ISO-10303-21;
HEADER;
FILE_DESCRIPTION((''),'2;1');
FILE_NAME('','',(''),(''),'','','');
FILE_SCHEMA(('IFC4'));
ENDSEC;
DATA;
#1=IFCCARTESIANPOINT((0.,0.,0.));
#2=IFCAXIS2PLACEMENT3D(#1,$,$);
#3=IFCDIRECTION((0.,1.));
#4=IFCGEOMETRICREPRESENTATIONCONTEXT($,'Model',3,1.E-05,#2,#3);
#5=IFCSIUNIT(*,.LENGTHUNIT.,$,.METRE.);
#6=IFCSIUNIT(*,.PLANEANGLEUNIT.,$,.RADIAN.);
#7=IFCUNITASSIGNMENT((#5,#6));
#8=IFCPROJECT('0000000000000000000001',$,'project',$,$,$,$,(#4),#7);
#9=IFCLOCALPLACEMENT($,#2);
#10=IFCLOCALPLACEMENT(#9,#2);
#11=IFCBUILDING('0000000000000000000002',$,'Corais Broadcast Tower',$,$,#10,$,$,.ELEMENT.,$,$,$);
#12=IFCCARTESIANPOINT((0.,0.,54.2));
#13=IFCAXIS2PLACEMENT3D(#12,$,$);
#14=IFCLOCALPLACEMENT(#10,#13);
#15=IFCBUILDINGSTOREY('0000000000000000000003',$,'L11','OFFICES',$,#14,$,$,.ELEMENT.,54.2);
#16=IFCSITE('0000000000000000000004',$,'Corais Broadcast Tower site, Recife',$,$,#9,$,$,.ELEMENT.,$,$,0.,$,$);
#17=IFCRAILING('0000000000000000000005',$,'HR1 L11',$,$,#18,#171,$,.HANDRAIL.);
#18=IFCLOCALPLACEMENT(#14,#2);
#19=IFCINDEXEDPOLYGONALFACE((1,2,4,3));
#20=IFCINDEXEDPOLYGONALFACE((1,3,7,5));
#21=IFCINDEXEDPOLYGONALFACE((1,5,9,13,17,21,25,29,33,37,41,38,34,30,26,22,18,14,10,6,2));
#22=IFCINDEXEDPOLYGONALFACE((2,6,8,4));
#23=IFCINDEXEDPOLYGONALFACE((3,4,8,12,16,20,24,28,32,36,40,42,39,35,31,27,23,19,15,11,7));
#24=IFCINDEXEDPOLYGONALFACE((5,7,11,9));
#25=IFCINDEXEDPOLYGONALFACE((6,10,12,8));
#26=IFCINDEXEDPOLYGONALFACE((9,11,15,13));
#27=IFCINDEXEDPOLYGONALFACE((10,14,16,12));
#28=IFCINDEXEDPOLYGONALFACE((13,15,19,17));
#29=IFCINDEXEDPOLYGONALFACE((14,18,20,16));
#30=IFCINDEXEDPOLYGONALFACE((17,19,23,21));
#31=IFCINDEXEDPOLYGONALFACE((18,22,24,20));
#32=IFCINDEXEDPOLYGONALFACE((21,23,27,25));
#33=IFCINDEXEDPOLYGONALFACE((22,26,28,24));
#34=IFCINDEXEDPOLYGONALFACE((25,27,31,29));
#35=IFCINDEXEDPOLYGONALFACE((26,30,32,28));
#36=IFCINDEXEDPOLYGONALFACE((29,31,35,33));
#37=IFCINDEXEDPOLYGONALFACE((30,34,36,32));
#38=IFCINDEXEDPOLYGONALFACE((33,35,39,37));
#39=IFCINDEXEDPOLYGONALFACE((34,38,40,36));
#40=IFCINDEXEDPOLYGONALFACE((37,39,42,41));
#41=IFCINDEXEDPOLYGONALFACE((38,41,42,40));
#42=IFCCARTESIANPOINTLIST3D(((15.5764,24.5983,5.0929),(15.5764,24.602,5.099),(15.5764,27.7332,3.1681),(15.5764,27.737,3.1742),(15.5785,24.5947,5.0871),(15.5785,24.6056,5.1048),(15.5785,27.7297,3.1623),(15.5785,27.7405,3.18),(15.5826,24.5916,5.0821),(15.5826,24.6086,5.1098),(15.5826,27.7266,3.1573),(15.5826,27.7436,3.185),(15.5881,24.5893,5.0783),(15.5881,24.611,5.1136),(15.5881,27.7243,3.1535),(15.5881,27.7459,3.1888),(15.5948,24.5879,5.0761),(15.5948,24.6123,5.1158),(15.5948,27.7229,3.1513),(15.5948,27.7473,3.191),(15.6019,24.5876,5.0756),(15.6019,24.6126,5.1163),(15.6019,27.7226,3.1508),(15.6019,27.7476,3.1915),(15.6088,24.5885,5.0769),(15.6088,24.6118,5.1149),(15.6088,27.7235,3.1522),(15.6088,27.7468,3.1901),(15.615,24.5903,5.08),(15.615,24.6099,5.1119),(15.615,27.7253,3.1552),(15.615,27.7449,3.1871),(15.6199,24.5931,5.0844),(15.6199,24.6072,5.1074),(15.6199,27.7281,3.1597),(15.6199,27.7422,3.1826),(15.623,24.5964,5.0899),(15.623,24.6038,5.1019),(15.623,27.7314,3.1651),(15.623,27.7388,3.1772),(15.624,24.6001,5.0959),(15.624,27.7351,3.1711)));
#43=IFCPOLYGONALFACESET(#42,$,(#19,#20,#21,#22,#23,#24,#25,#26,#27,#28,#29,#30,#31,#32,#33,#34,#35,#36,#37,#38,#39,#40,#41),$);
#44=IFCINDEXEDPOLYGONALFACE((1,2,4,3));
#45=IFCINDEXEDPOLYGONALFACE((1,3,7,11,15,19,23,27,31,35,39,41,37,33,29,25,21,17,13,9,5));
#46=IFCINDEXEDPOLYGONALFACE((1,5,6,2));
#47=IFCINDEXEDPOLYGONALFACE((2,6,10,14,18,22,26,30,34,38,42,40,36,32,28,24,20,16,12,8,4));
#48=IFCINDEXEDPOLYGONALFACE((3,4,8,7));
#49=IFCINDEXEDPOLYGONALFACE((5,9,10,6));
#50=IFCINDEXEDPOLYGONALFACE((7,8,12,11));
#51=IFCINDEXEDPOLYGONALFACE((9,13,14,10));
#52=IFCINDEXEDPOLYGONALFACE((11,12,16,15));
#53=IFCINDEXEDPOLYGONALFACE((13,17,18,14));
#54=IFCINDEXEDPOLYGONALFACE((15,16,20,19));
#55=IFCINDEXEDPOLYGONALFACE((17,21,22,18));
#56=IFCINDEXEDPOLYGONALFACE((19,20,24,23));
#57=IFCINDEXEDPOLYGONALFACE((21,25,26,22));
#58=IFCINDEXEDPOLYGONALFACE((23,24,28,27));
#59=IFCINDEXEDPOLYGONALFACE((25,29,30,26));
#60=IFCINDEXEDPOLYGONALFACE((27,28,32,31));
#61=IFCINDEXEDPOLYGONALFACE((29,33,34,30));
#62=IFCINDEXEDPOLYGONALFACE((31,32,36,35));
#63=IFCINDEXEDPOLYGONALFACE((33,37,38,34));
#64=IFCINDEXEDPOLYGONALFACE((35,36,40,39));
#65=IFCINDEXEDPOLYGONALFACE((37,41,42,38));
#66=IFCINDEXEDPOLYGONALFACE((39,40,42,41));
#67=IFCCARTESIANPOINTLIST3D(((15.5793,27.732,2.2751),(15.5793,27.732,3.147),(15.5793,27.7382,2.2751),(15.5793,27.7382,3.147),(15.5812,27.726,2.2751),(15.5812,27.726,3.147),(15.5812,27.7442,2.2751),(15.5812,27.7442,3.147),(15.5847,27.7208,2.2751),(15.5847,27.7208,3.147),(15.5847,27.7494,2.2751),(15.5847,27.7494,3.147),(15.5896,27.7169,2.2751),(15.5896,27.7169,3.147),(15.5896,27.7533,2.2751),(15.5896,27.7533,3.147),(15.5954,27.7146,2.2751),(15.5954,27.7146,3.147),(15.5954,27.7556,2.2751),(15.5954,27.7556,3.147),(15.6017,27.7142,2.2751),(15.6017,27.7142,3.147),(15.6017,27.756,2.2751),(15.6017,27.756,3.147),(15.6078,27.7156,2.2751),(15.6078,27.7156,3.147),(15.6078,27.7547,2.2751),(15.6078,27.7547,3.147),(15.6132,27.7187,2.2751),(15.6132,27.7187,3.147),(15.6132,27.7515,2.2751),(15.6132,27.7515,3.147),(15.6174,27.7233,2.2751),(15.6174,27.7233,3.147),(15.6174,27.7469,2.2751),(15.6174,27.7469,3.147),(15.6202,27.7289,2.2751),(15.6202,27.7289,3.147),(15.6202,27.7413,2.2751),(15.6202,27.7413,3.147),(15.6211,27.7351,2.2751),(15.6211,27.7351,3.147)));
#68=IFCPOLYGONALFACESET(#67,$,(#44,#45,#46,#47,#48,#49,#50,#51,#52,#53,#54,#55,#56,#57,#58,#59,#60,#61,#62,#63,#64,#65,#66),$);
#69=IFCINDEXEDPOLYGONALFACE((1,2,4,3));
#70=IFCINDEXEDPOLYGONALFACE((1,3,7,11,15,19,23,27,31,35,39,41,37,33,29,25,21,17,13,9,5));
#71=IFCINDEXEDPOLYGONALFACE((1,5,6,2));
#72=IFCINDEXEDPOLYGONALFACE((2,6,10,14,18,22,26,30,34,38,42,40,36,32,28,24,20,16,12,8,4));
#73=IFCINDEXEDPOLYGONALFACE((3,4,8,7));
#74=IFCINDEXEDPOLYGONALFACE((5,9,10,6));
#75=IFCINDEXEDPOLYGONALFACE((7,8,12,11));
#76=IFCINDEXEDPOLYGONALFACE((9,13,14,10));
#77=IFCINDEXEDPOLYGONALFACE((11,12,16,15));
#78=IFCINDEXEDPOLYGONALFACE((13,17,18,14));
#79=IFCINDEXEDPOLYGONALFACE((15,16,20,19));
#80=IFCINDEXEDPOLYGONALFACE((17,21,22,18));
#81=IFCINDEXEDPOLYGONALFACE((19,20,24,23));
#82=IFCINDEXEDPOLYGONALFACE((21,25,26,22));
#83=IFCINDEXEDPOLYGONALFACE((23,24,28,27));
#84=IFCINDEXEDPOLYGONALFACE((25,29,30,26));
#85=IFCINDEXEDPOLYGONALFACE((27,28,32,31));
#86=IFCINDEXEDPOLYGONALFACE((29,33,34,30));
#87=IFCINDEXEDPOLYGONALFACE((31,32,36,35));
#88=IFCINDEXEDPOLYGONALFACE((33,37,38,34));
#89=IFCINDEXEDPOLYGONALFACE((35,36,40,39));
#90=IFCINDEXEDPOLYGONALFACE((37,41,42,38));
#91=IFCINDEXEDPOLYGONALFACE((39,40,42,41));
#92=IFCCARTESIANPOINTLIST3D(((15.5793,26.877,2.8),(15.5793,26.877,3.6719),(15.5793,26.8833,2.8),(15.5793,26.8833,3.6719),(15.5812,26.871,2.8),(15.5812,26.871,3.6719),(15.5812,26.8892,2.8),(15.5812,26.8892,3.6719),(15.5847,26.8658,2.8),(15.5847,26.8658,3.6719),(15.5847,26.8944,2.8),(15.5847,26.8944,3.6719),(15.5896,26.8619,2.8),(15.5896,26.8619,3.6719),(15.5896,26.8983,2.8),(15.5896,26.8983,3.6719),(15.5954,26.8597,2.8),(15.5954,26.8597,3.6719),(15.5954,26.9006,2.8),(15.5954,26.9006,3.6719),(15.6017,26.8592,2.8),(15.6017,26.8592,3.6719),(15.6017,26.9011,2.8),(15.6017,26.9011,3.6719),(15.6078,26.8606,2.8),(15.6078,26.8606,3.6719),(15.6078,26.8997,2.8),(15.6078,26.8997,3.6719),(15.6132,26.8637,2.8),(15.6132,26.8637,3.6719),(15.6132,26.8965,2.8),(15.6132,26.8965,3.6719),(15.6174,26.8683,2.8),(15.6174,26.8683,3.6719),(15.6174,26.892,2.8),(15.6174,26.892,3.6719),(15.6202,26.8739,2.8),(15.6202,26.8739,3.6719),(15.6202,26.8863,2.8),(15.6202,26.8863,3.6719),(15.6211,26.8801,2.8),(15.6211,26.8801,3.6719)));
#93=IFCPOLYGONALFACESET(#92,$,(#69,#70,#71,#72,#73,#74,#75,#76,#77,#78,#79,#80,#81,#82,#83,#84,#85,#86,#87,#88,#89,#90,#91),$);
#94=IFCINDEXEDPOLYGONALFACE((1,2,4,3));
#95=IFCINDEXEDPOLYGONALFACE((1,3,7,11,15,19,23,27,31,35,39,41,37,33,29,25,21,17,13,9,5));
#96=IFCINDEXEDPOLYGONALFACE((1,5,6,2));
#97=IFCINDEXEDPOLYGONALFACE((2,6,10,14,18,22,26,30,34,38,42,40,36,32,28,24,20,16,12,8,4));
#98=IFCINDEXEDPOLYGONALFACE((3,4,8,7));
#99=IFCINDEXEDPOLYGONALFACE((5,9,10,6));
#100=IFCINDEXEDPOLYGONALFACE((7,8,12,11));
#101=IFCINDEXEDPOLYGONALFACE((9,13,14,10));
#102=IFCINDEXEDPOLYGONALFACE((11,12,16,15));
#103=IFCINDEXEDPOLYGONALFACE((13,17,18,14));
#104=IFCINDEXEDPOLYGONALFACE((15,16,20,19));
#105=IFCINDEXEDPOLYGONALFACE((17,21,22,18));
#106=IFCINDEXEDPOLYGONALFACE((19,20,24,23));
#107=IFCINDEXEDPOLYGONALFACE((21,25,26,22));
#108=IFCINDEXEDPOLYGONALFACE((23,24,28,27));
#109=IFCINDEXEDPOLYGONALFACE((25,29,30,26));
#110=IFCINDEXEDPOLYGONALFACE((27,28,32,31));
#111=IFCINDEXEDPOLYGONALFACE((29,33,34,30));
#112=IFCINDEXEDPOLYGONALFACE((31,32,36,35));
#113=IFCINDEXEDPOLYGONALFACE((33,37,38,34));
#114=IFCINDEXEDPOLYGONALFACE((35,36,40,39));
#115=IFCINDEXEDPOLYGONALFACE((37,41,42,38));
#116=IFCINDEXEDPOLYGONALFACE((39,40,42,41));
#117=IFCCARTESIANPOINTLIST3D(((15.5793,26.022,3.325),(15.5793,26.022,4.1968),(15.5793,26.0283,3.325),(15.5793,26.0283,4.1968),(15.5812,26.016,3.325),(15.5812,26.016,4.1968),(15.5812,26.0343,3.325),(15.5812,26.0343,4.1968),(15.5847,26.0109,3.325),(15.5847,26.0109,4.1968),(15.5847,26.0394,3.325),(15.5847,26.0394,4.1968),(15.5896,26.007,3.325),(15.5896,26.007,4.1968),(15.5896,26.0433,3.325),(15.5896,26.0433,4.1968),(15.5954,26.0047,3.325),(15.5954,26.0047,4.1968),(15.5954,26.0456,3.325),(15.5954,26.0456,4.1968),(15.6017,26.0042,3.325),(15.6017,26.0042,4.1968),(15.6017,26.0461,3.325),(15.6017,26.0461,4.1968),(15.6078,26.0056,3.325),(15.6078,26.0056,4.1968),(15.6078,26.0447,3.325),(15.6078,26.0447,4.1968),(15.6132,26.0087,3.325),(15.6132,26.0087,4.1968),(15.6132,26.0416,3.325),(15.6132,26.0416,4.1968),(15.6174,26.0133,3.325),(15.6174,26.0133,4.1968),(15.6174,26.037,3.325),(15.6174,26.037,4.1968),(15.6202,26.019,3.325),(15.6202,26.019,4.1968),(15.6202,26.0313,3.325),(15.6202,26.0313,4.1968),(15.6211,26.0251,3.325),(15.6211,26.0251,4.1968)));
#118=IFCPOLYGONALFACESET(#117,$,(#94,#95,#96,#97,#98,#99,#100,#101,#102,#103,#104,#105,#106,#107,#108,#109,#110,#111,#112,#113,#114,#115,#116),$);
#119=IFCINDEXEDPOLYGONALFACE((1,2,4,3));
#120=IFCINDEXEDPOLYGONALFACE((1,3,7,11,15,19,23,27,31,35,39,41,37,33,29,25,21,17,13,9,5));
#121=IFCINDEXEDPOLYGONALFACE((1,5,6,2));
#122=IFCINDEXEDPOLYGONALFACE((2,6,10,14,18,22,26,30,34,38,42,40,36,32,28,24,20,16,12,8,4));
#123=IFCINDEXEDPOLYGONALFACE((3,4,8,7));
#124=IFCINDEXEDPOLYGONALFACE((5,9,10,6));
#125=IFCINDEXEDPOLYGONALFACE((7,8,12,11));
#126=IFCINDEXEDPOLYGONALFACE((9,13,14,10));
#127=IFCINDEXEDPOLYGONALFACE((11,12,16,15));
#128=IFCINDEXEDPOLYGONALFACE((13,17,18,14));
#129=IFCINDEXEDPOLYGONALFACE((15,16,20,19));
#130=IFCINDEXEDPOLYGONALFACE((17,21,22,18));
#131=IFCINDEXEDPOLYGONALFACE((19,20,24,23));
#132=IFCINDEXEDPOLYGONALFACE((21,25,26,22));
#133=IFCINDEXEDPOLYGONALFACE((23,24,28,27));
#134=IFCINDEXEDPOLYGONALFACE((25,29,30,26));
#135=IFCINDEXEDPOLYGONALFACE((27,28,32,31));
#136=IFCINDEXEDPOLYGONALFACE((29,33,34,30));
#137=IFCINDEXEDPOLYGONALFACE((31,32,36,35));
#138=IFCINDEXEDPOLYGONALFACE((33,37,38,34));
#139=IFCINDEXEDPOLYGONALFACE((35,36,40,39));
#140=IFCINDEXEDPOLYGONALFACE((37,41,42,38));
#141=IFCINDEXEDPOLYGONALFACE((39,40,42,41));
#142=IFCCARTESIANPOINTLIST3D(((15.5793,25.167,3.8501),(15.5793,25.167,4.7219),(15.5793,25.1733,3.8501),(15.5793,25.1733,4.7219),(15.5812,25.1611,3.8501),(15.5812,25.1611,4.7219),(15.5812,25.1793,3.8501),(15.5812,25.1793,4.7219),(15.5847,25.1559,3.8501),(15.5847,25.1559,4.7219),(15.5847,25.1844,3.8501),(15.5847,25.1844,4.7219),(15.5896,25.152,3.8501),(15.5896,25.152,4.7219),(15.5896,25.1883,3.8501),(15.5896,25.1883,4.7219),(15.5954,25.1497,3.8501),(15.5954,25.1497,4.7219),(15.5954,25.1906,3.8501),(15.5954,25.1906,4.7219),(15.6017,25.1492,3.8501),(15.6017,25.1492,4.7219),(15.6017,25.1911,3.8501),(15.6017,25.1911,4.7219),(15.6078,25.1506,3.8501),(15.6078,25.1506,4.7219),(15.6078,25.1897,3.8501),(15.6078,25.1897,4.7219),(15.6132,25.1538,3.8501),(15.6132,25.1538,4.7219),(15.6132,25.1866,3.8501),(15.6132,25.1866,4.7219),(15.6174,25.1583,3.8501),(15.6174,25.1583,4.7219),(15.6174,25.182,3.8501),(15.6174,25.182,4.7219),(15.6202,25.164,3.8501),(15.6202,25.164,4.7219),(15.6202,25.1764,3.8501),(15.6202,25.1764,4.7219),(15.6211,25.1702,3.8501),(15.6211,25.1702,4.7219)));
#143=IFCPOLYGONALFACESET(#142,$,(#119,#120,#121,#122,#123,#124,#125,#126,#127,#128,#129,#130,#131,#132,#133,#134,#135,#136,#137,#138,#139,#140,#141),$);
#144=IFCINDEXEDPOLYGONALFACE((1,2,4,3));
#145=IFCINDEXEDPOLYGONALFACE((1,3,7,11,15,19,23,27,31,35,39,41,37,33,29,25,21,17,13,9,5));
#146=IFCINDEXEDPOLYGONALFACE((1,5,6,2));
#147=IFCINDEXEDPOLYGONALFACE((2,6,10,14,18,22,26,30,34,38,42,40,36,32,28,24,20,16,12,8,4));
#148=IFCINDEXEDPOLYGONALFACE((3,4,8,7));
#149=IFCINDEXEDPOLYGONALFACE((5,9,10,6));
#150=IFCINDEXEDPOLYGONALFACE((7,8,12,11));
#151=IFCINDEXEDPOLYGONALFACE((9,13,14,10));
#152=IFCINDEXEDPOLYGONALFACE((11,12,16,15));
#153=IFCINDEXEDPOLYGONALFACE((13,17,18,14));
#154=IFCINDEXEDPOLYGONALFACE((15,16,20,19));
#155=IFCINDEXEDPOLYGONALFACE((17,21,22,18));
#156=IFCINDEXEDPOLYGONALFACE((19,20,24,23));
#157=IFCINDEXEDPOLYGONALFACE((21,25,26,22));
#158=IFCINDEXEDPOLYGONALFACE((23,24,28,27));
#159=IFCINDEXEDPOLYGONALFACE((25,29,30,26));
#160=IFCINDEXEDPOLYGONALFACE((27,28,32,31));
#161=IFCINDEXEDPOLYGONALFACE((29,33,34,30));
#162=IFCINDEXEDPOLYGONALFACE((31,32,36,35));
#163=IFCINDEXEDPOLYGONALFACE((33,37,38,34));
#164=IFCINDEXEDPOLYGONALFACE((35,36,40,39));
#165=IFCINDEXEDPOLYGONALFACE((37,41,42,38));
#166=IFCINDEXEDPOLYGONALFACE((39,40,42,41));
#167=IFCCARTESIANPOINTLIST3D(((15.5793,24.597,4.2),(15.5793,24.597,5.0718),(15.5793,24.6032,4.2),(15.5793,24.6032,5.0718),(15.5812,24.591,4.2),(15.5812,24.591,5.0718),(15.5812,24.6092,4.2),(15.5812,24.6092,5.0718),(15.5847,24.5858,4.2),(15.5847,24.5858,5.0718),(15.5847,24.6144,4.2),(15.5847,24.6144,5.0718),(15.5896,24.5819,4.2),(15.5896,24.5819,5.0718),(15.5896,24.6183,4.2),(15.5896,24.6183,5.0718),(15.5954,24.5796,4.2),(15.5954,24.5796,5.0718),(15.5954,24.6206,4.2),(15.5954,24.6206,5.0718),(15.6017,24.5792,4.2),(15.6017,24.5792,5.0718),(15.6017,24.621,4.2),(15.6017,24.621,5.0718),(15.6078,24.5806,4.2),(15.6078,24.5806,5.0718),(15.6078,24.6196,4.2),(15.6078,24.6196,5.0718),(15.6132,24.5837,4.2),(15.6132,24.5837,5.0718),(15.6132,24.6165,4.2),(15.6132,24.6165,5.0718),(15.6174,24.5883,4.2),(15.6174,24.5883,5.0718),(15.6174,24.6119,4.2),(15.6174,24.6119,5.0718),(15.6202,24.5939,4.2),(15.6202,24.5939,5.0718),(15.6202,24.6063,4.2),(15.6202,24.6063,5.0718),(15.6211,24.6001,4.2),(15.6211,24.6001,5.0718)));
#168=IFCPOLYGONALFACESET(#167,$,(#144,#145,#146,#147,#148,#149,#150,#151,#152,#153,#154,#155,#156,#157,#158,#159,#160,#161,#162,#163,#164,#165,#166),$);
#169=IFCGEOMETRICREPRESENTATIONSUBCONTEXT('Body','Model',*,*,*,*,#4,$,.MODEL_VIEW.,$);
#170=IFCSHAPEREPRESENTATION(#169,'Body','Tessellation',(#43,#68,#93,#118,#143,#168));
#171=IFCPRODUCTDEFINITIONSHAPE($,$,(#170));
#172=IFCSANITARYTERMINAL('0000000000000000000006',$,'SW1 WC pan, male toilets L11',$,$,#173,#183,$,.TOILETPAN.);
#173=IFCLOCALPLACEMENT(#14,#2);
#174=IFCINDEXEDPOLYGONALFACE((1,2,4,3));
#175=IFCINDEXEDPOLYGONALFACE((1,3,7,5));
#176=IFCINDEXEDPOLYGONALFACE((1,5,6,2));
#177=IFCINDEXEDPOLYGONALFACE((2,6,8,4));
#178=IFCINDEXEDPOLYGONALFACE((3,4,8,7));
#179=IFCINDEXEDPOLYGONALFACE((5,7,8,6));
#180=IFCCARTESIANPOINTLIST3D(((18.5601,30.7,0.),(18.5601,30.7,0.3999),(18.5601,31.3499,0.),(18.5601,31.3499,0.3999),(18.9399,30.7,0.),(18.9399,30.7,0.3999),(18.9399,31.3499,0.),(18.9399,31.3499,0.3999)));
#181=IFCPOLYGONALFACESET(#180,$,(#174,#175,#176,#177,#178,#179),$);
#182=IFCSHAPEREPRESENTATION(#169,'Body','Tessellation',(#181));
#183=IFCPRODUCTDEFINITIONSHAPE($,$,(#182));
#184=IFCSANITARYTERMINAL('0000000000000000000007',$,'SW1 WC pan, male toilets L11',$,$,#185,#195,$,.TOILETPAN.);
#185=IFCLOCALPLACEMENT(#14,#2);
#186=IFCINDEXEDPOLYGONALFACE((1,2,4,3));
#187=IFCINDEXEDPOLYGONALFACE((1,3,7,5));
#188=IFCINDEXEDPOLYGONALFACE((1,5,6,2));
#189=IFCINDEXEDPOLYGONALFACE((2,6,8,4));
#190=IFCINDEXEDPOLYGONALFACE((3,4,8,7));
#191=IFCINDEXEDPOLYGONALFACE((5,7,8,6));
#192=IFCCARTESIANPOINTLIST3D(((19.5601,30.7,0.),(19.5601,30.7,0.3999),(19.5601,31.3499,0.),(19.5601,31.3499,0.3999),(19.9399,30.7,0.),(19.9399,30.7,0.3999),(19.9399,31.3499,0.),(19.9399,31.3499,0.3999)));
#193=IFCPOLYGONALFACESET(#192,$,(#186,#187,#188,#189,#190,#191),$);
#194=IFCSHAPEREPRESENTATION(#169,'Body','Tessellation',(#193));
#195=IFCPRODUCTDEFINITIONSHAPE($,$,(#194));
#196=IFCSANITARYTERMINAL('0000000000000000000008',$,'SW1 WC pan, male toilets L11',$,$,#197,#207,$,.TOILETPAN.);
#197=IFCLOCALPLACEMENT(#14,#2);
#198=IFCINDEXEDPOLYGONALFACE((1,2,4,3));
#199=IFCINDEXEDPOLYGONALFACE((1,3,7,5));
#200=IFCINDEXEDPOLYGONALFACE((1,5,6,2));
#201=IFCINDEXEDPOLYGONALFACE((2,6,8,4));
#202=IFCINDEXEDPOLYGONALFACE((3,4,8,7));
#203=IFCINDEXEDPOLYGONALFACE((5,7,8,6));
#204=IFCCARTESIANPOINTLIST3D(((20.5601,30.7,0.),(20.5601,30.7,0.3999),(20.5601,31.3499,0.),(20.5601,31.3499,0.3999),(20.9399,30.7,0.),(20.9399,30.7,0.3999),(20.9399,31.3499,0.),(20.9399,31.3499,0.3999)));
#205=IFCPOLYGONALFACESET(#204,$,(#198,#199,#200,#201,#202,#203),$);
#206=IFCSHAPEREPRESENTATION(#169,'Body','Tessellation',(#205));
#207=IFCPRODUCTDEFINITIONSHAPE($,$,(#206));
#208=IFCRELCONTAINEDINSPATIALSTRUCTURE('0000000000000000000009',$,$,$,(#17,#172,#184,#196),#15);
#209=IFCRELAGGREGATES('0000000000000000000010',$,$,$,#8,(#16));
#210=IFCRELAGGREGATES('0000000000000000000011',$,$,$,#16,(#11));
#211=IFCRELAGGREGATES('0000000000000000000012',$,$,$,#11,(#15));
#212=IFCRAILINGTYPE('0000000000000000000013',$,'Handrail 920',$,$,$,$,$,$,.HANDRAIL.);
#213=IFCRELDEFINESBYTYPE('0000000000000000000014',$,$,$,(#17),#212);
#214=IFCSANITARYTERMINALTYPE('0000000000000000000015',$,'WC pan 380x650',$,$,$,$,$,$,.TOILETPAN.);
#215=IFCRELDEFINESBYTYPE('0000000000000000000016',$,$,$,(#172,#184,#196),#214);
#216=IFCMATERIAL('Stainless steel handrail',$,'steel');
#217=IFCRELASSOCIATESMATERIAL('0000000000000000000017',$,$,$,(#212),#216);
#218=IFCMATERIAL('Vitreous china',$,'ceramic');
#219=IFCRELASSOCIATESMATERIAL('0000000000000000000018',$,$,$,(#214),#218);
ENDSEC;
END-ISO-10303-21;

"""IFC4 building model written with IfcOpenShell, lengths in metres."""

from ifc_helpers import new_model, si_unit, direction, frame, origin, origin_2d, place, context, subcontext, project, spatial, rectangle, circle, extrude, material, type_object, element, save


model = new_model("IFC4")

# Units and contexts
model_context = context("Model", 3, precision=1e-05, world=origin(), true_north=direction((0.0, 1.0)))
body_context = subcontext(model_context, "Body", "Model", "MODEL_VIEW")
ifc_project = project(units=[si_unit("LENGTHUNIT", "METRE"), si_unit("PLANEANGLEUNIT", "RADIAN")], contexts=[model_context])

# Site, building, storey
site_placement = place(None, origin())
site = spatial("IfcSite", under=ifc_project, at=site_placement, Name="Corais Broadcast Tower site, Recife", CompositionType="ELEMENT", RefElevation=0.0)
building_placement = place(site_placement, origin())
building = spatial("IfcBuilding", under=site, at=building_placement, Name="Corais Broadcast Tower", CompositionType="ELEMENT")
storey_placement = place(building_placement, frame((0.0, 0.0, 54.2)))
storey = spatial("IfcBuildingStorey", under=building, at=storey_placement, Name="L11", Description="OFFICES", CompositionType="ELEMENT", Elevation=54.2)

# Railing
ifc_material_1 = material(Name="Stainless steel handrail", Category="steel")
railing_type = type_object("IfcRailingType", Name="Handrail 920", PredefinedType="HANDRAIL", material=ifc_material_1)
for number, where, name in (
    (1, (15.6001, 27.7351, 2.2751), "HR1 L11"),
):
    element("IfcRailing", number, at=place(storey_placement, frame(where)), inside=storey, type_object=railing_type, Name=name, PredefinedType="HANDRAIL", context=body_context, shape_type="SweptSolid", body=[
        extrude(circle(Radius=0.0239, at=origin_2d()), frame((0.0, 0.0, 0.896), z_axis=(0.0, -0.852196, 0.523223), x_axis=(1.0, 0.0, 0.0)), (0.0, 0.0, 1.0), 3.6787),
        extrude(circle(Radius=0.021, at=origin_2d()), origin(), (0.0, 0.0, 1.0), 0.8718),
        extrude(circle(Radius=0.021, at=origin_2d()), frame((0.0, -0.855, 0.5249)), (0.0, 0.0, 1.0), 0.8718),
        extrude(circle(Radius=0.021, at=origin_2d()), frame((0.0, -1.71, 1.0498)), (0.0, 0.0, 1.0), 0.8718),
        extrude(circle(Radius=0.021, at=origin_2d()), frame((0.0, -2.5649, 1.575)), (0.0, 0.0, 1.0), 0.8718),
        extrude(circle(Radius=0.021, at=origin_2d()), frame((0.0, -3.135, 1.9248)), (0.0, 0.0, 1.0), 0.8718),
    ])

# Sanitary terminals
ifc_material_2 = material(Name="Vitreous china", Category="ceramic")
sanitary_terminal_type_1 = type_object("IfcSanitaryTerminalType", Name="WC pan 380x650", PredefinedType="TOILETPAN", material=ifc_material_2)
for number, where, z_axis, x_axis, name in (
    (2, (18.75, 31.0249, 0.0), (0.0, 0.0, 1.0), (1.0, 0.0, 0.0), "SW1 WC pan, male toilets L11"),
    (3, (19.75, 31.0249, 0.0), (0.0, 0.0, 1.0), (1.0, 0.0, 0.0), "SW1 WC pan, male toilets L11"),
    (4, (20.75, 31.0249, 0.0), (0.0, 0.0, 1.0), (1.0, 0.0, 0.0), "SW1 WC pan, male toilets L11"),
):
    element("IfcSanitaryTerminal", number, at=place(storey_placement, frame(where, z_axis=z_axis, x_axis=x_axis)), inside=storey, type_object=sanitary_terminal_type_1, Name=name, PredefinedType="TOILETPAN", context=body_context, shape_type="SweptSolid", body=[
        extrude(rectangle(XDim=0.3799, YDim=0.6499, at=origin_2d()), origin(), (0.0, 0.0, 1.0), 0.3999),
    ])

save(model, "model.ifc")
